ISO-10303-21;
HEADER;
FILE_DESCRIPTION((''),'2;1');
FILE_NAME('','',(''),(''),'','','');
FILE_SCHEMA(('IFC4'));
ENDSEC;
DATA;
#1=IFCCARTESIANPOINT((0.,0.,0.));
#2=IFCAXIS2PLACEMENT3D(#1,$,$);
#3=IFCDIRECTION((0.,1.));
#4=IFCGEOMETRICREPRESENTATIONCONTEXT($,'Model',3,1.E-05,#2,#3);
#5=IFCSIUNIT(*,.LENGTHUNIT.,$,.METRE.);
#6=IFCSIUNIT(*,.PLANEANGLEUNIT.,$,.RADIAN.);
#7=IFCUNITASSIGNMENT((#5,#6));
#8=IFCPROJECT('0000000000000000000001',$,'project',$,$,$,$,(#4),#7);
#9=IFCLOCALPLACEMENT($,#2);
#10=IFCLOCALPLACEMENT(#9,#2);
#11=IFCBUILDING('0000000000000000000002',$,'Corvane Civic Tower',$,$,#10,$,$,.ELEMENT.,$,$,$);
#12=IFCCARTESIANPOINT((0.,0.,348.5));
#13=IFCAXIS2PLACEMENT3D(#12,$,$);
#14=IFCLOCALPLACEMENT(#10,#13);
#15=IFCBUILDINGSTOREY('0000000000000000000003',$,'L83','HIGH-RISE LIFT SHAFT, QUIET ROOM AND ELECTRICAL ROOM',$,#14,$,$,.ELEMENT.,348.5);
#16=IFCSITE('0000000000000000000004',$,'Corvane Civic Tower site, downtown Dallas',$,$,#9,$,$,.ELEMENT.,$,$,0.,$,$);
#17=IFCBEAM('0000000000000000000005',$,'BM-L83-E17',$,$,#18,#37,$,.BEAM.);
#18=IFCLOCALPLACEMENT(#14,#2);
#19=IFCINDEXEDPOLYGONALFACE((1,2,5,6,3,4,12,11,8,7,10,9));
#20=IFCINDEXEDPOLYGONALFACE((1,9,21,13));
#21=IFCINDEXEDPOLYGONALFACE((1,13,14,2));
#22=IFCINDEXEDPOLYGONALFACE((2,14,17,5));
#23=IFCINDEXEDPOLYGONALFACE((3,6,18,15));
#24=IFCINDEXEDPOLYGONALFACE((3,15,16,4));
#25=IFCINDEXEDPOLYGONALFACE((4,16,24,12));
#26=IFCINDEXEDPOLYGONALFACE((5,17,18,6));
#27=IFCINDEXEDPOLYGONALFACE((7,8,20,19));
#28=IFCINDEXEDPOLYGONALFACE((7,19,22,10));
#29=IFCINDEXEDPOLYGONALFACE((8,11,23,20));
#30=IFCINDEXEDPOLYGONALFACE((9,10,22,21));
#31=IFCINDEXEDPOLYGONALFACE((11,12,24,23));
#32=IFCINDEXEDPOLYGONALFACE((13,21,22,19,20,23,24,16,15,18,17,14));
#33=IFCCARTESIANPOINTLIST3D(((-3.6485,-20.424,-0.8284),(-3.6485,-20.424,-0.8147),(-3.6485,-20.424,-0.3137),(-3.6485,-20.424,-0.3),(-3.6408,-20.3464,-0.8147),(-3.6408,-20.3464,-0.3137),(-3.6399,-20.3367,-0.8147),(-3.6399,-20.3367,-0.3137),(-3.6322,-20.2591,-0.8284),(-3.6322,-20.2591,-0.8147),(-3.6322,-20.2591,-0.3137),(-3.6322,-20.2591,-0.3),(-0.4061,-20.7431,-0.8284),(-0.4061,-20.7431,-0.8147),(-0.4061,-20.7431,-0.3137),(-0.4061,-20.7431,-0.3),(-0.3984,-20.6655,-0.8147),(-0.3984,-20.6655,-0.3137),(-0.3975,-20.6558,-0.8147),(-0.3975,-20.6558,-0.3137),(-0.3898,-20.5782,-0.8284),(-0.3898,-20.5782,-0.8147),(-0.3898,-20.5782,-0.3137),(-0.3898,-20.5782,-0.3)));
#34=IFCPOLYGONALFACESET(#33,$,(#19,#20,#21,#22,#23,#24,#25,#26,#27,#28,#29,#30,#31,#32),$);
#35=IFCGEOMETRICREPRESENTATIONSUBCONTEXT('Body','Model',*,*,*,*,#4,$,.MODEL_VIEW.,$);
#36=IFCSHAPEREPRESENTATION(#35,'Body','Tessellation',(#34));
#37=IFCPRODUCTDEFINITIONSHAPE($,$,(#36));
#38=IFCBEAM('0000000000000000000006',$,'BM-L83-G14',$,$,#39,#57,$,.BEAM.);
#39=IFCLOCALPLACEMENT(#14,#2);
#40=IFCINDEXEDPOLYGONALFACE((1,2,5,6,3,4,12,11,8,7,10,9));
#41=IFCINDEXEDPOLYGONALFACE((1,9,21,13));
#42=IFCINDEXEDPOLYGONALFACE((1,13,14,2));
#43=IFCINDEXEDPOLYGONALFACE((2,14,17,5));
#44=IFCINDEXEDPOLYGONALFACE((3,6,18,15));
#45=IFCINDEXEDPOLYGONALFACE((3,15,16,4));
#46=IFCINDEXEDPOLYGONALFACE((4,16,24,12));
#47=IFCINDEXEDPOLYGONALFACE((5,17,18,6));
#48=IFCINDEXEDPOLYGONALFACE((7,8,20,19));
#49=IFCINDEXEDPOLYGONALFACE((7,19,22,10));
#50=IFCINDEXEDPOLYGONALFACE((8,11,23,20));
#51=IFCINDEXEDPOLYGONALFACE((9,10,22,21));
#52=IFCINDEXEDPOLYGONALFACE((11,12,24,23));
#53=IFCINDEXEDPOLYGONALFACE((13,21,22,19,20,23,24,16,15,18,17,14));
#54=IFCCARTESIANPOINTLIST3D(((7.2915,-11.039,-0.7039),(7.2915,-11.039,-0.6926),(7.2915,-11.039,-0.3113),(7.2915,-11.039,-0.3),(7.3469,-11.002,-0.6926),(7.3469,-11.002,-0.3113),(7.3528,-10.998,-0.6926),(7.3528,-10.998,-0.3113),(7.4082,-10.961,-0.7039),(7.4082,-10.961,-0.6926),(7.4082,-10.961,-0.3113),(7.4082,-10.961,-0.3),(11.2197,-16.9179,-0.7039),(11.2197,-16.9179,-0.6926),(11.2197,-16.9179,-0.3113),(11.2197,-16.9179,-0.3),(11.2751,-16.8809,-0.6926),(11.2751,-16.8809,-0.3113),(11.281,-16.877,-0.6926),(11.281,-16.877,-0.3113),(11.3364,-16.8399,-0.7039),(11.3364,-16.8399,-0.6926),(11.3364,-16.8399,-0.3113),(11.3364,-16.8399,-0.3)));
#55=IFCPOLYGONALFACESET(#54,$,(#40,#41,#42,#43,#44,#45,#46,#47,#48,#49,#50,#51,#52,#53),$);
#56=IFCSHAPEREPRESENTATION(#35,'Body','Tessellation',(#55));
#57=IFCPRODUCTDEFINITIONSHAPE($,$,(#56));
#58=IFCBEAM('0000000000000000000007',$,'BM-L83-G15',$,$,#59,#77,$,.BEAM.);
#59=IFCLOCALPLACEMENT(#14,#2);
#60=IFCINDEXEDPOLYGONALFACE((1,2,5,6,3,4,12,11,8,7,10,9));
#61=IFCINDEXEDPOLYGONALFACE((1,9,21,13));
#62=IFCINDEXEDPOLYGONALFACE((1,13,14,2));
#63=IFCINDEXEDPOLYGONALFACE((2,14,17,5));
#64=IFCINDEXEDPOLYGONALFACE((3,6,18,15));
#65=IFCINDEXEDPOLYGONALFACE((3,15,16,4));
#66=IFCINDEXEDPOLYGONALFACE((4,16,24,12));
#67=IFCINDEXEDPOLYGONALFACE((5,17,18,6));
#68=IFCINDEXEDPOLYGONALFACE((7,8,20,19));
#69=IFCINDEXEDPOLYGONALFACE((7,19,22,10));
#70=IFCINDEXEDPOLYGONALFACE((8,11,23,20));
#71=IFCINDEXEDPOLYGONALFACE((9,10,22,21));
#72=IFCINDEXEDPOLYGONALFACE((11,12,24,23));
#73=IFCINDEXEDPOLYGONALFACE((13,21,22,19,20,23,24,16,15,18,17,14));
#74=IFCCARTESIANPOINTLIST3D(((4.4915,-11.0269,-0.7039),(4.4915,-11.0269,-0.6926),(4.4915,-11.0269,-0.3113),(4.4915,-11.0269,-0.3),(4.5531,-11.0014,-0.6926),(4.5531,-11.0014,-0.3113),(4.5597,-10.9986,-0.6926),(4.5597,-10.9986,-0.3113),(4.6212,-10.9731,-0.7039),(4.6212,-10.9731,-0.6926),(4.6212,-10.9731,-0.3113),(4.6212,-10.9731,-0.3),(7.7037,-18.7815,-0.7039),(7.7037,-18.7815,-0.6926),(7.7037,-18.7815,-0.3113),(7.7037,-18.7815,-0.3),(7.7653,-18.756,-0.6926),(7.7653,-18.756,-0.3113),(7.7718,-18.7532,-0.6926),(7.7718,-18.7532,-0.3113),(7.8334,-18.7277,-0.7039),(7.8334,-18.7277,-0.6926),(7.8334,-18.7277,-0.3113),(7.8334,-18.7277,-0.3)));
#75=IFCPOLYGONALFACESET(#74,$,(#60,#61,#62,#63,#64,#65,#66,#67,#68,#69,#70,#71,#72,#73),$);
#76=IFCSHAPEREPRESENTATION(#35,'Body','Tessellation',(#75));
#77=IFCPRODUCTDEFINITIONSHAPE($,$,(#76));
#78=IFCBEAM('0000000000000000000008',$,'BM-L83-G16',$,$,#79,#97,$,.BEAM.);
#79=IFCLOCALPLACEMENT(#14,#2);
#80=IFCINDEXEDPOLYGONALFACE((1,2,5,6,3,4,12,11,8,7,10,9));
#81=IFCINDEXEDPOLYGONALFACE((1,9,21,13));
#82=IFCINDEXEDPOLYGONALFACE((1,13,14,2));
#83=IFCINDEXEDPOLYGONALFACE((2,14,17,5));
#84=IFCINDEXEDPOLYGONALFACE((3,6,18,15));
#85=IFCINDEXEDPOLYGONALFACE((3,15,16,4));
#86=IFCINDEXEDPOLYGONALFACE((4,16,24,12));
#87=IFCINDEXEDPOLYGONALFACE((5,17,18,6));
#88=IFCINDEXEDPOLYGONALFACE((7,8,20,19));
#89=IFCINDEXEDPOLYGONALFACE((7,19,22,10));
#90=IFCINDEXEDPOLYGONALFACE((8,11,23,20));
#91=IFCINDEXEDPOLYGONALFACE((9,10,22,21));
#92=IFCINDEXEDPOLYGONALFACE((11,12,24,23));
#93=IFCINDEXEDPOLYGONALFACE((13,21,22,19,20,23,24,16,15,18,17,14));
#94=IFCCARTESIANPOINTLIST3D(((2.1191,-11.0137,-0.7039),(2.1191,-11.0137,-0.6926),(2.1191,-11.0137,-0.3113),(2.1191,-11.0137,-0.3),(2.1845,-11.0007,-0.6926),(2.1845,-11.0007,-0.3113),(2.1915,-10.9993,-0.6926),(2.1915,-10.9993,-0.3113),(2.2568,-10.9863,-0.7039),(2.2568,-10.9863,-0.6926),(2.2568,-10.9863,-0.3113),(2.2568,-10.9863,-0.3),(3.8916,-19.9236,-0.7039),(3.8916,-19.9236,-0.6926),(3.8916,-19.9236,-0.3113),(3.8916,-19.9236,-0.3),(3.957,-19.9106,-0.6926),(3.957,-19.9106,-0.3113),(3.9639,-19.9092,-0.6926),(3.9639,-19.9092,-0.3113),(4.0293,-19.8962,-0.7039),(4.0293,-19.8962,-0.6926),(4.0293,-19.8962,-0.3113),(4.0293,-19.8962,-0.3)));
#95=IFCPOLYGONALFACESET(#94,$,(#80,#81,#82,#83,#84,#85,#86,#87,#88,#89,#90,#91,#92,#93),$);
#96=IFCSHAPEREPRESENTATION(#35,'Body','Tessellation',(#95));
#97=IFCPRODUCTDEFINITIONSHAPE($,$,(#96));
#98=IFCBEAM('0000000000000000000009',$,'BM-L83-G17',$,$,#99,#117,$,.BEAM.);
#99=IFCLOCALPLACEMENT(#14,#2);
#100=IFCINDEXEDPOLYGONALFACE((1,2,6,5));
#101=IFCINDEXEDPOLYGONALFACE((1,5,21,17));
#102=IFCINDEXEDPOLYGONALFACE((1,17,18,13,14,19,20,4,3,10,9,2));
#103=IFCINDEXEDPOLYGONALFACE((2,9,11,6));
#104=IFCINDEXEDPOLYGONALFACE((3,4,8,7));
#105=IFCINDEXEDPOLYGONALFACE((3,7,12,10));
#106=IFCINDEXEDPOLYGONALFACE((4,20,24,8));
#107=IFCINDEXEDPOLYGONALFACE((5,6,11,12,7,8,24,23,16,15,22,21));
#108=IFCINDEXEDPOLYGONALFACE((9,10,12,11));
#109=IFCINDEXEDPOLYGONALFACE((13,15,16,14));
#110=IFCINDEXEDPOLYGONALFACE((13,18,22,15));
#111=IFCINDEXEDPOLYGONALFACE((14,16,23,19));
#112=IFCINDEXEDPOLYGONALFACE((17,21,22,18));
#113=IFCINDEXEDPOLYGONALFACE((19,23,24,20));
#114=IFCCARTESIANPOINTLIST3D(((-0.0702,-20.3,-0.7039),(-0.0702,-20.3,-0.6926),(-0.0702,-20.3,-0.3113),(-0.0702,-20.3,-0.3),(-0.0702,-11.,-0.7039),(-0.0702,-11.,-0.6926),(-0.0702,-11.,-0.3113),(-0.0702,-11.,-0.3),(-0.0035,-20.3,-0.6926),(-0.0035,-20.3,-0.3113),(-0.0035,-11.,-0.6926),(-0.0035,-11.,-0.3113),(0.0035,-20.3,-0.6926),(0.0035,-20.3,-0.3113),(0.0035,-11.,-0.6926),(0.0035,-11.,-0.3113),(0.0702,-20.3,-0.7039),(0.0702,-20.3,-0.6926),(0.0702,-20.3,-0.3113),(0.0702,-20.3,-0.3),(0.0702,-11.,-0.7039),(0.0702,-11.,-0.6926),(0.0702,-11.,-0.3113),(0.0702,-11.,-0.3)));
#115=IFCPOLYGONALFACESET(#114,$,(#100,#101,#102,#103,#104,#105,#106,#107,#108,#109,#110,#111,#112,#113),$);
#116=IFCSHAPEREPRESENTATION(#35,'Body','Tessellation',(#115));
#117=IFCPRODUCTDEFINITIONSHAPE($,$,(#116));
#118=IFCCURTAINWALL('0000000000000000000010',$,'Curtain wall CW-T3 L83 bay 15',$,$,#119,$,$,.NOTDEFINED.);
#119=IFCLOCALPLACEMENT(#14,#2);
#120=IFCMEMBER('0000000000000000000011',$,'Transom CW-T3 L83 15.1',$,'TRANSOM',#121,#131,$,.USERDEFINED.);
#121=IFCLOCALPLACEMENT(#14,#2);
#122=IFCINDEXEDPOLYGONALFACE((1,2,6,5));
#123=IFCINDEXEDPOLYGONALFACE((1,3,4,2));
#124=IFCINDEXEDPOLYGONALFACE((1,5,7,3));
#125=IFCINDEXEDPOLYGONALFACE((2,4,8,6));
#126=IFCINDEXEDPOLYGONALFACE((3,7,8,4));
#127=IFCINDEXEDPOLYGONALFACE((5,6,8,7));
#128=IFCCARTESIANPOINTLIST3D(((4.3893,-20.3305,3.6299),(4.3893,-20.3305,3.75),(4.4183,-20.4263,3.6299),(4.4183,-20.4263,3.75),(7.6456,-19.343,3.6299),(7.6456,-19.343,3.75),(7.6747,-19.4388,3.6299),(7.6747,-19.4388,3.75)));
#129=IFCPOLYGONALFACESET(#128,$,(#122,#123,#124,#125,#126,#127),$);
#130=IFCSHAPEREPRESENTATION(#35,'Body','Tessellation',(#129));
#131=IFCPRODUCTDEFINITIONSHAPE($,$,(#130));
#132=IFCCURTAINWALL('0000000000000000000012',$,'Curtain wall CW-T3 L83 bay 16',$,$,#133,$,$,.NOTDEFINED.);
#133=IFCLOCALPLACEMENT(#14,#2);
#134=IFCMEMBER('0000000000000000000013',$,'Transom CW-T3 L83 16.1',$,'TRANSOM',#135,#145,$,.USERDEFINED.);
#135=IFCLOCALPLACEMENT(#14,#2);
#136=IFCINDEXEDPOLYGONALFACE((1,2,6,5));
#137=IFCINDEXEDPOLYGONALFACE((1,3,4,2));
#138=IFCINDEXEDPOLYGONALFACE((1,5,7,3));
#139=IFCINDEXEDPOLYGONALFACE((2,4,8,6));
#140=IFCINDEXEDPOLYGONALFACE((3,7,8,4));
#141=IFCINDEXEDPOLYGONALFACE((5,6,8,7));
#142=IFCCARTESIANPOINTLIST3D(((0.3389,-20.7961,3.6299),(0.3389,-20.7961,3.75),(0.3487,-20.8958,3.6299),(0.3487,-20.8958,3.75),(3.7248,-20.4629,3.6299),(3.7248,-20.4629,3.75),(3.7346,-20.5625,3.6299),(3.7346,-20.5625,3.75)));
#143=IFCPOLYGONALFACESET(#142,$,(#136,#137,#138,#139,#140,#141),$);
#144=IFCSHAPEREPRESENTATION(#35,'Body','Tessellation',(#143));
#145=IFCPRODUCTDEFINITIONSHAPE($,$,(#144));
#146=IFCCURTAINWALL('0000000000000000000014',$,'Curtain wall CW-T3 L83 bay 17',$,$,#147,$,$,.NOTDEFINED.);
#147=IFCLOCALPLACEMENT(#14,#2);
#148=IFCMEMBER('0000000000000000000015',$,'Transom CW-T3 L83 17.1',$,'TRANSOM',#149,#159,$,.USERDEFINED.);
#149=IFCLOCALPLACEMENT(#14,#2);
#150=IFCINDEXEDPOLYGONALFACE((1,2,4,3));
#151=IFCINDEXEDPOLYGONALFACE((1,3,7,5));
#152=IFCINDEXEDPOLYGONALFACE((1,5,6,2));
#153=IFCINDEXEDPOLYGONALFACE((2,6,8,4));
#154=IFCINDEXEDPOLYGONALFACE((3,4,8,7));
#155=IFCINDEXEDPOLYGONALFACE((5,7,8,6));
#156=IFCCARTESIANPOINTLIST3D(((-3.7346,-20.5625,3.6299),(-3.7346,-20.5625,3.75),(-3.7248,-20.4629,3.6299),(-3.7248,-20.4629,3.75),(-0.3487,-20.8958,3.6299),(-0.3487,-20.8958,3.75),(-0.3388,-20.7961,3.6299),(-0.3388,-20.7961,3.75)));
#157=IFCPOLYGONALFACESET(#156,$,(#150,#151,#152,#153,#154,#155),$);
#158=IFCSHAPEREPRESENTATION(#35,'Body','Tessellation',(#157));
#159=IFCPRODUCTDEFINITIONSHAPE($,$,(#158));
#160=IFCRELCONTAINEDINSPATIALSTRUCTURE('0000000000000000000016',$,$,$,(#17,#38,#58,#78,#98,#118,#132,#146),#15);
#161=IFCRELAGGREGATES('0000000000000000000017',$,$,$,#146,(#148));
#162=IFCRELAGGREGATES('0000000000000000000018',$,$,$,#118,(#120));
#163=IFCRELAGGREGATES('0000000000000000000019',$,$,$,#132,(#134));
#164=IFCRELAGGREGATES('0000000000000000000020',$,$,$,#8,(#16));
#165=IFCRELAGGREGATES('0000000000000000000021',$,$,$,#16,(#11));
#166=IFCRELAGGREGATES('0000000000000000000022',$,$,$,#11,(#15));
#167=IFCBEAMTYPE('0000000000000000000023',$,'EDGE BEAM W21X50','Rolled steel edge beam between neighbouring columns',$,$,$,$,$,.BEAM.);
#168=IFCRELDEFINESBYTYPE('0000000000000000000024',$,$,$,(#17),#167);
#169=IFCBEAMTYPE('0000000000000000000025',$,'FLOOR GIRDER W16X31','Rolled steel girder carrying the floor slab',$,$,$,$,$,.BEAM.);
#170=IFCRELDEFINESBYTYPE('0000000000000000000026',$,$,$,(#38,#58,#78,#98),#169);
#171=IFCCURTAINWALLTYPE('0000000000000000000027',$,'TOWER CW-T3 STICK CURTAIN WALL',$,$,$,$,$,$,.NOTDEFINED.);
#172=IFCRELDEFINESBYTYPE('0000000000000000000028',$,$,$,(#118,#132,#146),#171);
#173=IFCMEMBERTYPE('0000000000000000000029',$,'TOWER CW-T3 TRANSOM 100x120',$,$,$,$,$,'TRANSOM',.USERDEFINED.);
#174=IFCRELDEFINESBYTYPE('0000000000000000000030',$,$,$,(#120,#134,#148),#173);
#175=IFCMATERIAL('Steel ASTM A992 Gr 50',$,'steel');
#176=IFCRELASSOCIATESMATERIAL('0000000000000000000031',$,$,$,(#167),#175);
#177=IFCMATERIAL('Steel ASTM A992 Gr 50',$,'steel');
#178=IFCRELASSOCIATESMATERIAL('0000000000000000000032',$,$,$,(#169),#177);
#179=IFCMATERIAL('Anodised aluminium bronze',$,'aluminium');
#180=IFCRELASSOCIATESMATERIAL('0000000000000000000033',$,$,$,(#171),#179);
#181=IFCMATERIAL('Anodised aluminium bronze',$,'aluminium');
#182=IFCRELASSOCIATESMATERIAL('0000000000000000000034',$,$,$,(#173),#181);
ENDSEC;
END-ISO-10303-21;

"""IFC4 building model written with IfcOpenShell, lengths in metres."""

from ifc_helpers import new_model, si_unit, direction, frame, origin, origin_2d, place, context, subcontext, project, spatial, rectangle, i_section, extrude, material, material_profile, profile_set, type_object, element, aggregate, save


model = new_model("IFC4")

# Units and contexts
model_context = context("Model", 3, precision=1e-05, world=origin(), true_north=direction((0.0, 1.0)))
body_context = subcontext(model_context, "Body", "Model", "MODEL_VIEW")
ifc_project = project(units=[si_unit("LENGTHUNIT", "METRE"), si_unit("PLANEANGLEUNIT", "RADIAN")], contexts=[model_context])

# Site, building, storey
site_placement = place(None, origin())
site = spatial("IfcSite", under=ifc_project, at=site_placement, Name="Corvane Civic Tower site, downtown Dallas", CompositionType="ELEMENT", RefElevation=0.0)
building_placement = place(site_placement, origin())
building = spatial("IfcBuilding", under=site, at=building_placement, Name="Corvane Civic Tower", CompositionType="ELEMENT")
storey_placement = place(building_placement, frame((0.0, 0.0, 348.5)))
storey = spatial("IfcBuildingStorey", under=building, at=storey_placement, Name="L83", Description="HIGH-RISE LIFT SHAFT, QUIET ROOM AND ELECTRICAL ROOM", CompositionType="ELEMENT", Elevation=348.5)

# Beams
ifc_material_1 = material(Name="Steel ASTM A992 Gr 50", Category="steel")
ifc_material_profile_1 = material_profile(ifc_material_1, i_section(OverallWidth=0.1658, OverallDepth=0.5283, WebThickness=0.0098, FlangeThickness=0.0137, at=origin_2d()), Name="W21X50")
ifc_profile_set_1 = profile_set([ifc_material_profile_1], Name="Steel ASTM A992 Gr 50")
beam_type_1 = type_object("IfcBeamType", Name="EDGE BEAM W21X50", Description="Rolled steel edge beam between neighbouring columns", PredefinedType="BEAM", material=ifc_profile_set_1)
for number, where, z_axis, x_axis, name in (
    (1, (-0.3979, -20.6606, -0.5642), (-0.995193, 0.097938, 0.0), (-0.097938, -0.995193, 0.0), "BM-L83-E17"),
):
    element("IfcBeam", number, at=place(storey_placement, frame(where, z_axis=z_axis, x_axis=x_axis)), inside=storey, type_object=beam_type_1, Name=name, PredefinedType="BEAM", context=body_context, shape_type="SweptSolid", body=[
        extrude(i_section(OverallWidth=0.1658, OverallDepth=0.5283, WebThickness=0.0098, FlangeThickness=0.0137, at=origin_2d()), origin(), (0.0, 0.0, 1.0), 3.2581),
    ])
ifc_material_2 = material(Name="Steel ASTM A992 Gr 50", Category="steel")
ifc_material_profile_2 = material_profile(ifc_material_2, i_section(OverallWidth=0.1404, OverallDepth=0.4038, WebThickness=0.0071, FlangeThickness=0.0112, at=origin_2d()), Name="W16X31")
ifc_profile_set_2 = profile_set([ifc_material_profile_2], Name="Steel ASTM A992 Gr 50")
beam_type_2 = type_object("IfcBeamType", Name="FLOOR GIRDER W16X31", Description="Rolled steel girder carrying the floor slab", PredefinedType="BEAM", material=ifc_profile_set_2)
beam_1_placement = place(storey_placement, frame((7.3499, -11.0, -0.502), z_axis=(0.555576, -0.831465, 0.0), x_axis=(0.831465, 0.555576, 0.0)))
element("IfcBeam", 2, at=beam_1_placement, inside=storey, type_object=beam_type_2, Name="BM-L83-G14", PredefinedType="BEAM", context=body_context, shape_type="SweptSolid", body=[
    extrude(i_section(OverallWidth=0.1404, OverallDepth=0.4038, WebThickness=0.0071, FlangeThickness=0.0112, at=origin_2d()), origin(), (0.0, 0.0, 1.0), 7.0706),
])
beam_2_placement = place(storey_placement, frame((4.5564, -11.0, -0.502), z_axis=(0.382692, -0.923876, 0.0), x_axis=(0.923876, 0.382692, 0.0)))
element("IfcBeam", 3, at=beam_2_placement, inside=storey, type_object=beam_type_2, Name="BM-L83-G15", PredefinedType="BEAM", context=body_context, shape_type="SweptSolid", body=[
    extrude(i_section(OverallWidth=0.1404, OverallDepth=0.4038, WebThickness=0.0071, FlangeThickness=0.0112, at=origin_2d()), origin(), (0.0, 0.0, 1.0), 8.3936),
])
beam_3_placement = place(storey_placement, frame((2.188, -11.0, -0.502), z_axis=(0.195108, -0.980782, 0.0), x_axis=(0.980782, 0.195108, 0.0)))
element("IfcBeam", 4, at=beam_3_placement, inside=storey, type_object=beam_type_2, Name="BM-L83-G16", PredefinedType="BEAM", context=body_context, shape_type="SweptSolid", body=[
    extrude(i_section(OverallWidth=0.1404, OverallDepth=0.4038, WebThickness=0.0071, FlangeThickness=0.0112, at=origin_2d()), origin(), (0.0, 0.0, 1.0), 9.0845),
])
beam_4_placement = place(storey_placement, frame((0.0, -11.0, -0.502), z_axis=(0.0, -1.0, 0.0), x_axis=(1.0, 0.0, 0.0)))
element("IfcBeam", 5, at=beam_4_placement, inside=storey, type_object=beam_type_2, Name="BM-L83-G17", PredefinedType="BEAM", context=body_context, shape_type="SweptSolid", body=[
    extrude(i_section(OverallWidth=0.1404, OverallDepth=0.4038, WebThickness=0.0071, FlangeThickness=0.0112, at=origin_2d()), origin(), (0.0, 0.0, 1.0), 9.3),
])

# Curtain walls, members
ifc_material_3 = material(Name="Anodised aluminium bronze", Category="aluminium")
curtain_wall_type = type_object("IfcCurtainWallType", Name="TOWER CW-T3 STICK CURTAIN WALL", PredefinedType="NOTDEFINED", material=ifc_material_3)
curtain_wall_1_placement = place(storey_placement, origin())
curtain_wall_1 = element("IfcCurtainWall", 6, at=curtain_wall_1_placement, inside=storey, type_object=curtain_wall_type, Name="Curtain wall CW-T3 L83 bay 15", PredefinedType="NOTDEFINED")
ifc_material_4 = material(Name="Anodised aluminium bronze", Category="aluminium")
ifc_material_profile_3 = material_profile(ifc_material_4, rectangle(XDim=0.1001, YDim=0.1201, at=origin_2d()), Name="TOWER CW-T3 TRANSOM 100x120")
ifc_profile_set_3 = profile_set([ifc_material_profile_3], Name="Anodised aluminium bronze")
member_type = type_object("IfcMemberType", Name="TOWER CW-T3 TRANSOM 100x120", ElementType="TRANSOM", PredefinedType="USERDEFINED", material=ifc_profile_set_3)
member_1_placement = place(storey_placement, frame((7.6602, -19.3909, 3.6899), z_axis=(-0.956961, -0.290216, 0.0), x_axis=(0.290216, -0.956961, 0.0)))
member_1 = element("IfcMember", 7, at=member_1_placement, type_object=member_type, Name="Transom CW-T3 L83 15.1", ObjectType="TRANSOM", PredefinedType="USERDEFINED", context=body_context, shape_type="SweptSolid", body=[
    extrude(rectangle(XDim=0.1001, YDim=0.1201, at=origin_2d()), origin(), (0.0, 0.0, 1.0), 3.4028),
])
curtain_wall_2_placement = place(storey_placement, origin())
curtain_wall_2 = element("IfcCurtainWall", 8, at=curtain_wall_2_placement, inside=storey, type_object=curtain_wall_type, Name="Curtain wall CW-T3 L83 bay 16", PredefinedType="NOTDEFINED")
member_2_placement = place(storey_placement, frame((3.7297, -20.5127, 3.6899), z_axis=(-0.995192, -0.097948, 0.0), x_axis=(0.097948, -0.995192, 0.0)))
member_2 = element("IfcMember", 9, at=member_2_placement, type_object=member_type, Name="Transom CW-T3 L83 16.1", ObjectType="TRANSOM", PredefinedType="USERDEFINED", context=body_context, shape_type="SweptSolid", body=[
    extrude(rectangle(XDim=0.1001, YDim=0.1201, at=origin_2d()), origin(), (0.0, 0.0, 1.0), 3.4023),
])
curtain_wall_3_placement = place(storey_placement, origin())
curtain_wall_3 = element("IfcCurtainWall", 10, at=curtain_wall_3_placement, inside=storey, type_object=curtain_wall_type, Name="Curtain wall CW-T3 L83 bay 17", PredefinedType="NOTDEFINED")
member_3_placement = place(storey_placement, frame((-0.3438, -20.8459, 3.6899), z_axis=(-0.995192, 0.097948, 0.0), x_axis=(-0.097948, -0.995192, 0.0)))
member_3 = element("IfcMember", 11, at=member_3_placement, type_object=member_type, Name="Transom CW-T3 L83 17.1", ObjectType="TRANSOM", PredefinedType="USERDEFINED", context=body_context, shape_type="SweptSolid", body=[
    extrude(rectangle(XDim=0.1001, YDim=0.1201, at=origin_2d()), origin(), (0.0, 0.0, 1.0), 3.4023),
])
aggregate(curtain_wall_3, [member_3])

aggregate(curtain_wall_1, [member_1])
aggregate(curtain_wall_2, [member_2])

save(model, "model.ifc")
